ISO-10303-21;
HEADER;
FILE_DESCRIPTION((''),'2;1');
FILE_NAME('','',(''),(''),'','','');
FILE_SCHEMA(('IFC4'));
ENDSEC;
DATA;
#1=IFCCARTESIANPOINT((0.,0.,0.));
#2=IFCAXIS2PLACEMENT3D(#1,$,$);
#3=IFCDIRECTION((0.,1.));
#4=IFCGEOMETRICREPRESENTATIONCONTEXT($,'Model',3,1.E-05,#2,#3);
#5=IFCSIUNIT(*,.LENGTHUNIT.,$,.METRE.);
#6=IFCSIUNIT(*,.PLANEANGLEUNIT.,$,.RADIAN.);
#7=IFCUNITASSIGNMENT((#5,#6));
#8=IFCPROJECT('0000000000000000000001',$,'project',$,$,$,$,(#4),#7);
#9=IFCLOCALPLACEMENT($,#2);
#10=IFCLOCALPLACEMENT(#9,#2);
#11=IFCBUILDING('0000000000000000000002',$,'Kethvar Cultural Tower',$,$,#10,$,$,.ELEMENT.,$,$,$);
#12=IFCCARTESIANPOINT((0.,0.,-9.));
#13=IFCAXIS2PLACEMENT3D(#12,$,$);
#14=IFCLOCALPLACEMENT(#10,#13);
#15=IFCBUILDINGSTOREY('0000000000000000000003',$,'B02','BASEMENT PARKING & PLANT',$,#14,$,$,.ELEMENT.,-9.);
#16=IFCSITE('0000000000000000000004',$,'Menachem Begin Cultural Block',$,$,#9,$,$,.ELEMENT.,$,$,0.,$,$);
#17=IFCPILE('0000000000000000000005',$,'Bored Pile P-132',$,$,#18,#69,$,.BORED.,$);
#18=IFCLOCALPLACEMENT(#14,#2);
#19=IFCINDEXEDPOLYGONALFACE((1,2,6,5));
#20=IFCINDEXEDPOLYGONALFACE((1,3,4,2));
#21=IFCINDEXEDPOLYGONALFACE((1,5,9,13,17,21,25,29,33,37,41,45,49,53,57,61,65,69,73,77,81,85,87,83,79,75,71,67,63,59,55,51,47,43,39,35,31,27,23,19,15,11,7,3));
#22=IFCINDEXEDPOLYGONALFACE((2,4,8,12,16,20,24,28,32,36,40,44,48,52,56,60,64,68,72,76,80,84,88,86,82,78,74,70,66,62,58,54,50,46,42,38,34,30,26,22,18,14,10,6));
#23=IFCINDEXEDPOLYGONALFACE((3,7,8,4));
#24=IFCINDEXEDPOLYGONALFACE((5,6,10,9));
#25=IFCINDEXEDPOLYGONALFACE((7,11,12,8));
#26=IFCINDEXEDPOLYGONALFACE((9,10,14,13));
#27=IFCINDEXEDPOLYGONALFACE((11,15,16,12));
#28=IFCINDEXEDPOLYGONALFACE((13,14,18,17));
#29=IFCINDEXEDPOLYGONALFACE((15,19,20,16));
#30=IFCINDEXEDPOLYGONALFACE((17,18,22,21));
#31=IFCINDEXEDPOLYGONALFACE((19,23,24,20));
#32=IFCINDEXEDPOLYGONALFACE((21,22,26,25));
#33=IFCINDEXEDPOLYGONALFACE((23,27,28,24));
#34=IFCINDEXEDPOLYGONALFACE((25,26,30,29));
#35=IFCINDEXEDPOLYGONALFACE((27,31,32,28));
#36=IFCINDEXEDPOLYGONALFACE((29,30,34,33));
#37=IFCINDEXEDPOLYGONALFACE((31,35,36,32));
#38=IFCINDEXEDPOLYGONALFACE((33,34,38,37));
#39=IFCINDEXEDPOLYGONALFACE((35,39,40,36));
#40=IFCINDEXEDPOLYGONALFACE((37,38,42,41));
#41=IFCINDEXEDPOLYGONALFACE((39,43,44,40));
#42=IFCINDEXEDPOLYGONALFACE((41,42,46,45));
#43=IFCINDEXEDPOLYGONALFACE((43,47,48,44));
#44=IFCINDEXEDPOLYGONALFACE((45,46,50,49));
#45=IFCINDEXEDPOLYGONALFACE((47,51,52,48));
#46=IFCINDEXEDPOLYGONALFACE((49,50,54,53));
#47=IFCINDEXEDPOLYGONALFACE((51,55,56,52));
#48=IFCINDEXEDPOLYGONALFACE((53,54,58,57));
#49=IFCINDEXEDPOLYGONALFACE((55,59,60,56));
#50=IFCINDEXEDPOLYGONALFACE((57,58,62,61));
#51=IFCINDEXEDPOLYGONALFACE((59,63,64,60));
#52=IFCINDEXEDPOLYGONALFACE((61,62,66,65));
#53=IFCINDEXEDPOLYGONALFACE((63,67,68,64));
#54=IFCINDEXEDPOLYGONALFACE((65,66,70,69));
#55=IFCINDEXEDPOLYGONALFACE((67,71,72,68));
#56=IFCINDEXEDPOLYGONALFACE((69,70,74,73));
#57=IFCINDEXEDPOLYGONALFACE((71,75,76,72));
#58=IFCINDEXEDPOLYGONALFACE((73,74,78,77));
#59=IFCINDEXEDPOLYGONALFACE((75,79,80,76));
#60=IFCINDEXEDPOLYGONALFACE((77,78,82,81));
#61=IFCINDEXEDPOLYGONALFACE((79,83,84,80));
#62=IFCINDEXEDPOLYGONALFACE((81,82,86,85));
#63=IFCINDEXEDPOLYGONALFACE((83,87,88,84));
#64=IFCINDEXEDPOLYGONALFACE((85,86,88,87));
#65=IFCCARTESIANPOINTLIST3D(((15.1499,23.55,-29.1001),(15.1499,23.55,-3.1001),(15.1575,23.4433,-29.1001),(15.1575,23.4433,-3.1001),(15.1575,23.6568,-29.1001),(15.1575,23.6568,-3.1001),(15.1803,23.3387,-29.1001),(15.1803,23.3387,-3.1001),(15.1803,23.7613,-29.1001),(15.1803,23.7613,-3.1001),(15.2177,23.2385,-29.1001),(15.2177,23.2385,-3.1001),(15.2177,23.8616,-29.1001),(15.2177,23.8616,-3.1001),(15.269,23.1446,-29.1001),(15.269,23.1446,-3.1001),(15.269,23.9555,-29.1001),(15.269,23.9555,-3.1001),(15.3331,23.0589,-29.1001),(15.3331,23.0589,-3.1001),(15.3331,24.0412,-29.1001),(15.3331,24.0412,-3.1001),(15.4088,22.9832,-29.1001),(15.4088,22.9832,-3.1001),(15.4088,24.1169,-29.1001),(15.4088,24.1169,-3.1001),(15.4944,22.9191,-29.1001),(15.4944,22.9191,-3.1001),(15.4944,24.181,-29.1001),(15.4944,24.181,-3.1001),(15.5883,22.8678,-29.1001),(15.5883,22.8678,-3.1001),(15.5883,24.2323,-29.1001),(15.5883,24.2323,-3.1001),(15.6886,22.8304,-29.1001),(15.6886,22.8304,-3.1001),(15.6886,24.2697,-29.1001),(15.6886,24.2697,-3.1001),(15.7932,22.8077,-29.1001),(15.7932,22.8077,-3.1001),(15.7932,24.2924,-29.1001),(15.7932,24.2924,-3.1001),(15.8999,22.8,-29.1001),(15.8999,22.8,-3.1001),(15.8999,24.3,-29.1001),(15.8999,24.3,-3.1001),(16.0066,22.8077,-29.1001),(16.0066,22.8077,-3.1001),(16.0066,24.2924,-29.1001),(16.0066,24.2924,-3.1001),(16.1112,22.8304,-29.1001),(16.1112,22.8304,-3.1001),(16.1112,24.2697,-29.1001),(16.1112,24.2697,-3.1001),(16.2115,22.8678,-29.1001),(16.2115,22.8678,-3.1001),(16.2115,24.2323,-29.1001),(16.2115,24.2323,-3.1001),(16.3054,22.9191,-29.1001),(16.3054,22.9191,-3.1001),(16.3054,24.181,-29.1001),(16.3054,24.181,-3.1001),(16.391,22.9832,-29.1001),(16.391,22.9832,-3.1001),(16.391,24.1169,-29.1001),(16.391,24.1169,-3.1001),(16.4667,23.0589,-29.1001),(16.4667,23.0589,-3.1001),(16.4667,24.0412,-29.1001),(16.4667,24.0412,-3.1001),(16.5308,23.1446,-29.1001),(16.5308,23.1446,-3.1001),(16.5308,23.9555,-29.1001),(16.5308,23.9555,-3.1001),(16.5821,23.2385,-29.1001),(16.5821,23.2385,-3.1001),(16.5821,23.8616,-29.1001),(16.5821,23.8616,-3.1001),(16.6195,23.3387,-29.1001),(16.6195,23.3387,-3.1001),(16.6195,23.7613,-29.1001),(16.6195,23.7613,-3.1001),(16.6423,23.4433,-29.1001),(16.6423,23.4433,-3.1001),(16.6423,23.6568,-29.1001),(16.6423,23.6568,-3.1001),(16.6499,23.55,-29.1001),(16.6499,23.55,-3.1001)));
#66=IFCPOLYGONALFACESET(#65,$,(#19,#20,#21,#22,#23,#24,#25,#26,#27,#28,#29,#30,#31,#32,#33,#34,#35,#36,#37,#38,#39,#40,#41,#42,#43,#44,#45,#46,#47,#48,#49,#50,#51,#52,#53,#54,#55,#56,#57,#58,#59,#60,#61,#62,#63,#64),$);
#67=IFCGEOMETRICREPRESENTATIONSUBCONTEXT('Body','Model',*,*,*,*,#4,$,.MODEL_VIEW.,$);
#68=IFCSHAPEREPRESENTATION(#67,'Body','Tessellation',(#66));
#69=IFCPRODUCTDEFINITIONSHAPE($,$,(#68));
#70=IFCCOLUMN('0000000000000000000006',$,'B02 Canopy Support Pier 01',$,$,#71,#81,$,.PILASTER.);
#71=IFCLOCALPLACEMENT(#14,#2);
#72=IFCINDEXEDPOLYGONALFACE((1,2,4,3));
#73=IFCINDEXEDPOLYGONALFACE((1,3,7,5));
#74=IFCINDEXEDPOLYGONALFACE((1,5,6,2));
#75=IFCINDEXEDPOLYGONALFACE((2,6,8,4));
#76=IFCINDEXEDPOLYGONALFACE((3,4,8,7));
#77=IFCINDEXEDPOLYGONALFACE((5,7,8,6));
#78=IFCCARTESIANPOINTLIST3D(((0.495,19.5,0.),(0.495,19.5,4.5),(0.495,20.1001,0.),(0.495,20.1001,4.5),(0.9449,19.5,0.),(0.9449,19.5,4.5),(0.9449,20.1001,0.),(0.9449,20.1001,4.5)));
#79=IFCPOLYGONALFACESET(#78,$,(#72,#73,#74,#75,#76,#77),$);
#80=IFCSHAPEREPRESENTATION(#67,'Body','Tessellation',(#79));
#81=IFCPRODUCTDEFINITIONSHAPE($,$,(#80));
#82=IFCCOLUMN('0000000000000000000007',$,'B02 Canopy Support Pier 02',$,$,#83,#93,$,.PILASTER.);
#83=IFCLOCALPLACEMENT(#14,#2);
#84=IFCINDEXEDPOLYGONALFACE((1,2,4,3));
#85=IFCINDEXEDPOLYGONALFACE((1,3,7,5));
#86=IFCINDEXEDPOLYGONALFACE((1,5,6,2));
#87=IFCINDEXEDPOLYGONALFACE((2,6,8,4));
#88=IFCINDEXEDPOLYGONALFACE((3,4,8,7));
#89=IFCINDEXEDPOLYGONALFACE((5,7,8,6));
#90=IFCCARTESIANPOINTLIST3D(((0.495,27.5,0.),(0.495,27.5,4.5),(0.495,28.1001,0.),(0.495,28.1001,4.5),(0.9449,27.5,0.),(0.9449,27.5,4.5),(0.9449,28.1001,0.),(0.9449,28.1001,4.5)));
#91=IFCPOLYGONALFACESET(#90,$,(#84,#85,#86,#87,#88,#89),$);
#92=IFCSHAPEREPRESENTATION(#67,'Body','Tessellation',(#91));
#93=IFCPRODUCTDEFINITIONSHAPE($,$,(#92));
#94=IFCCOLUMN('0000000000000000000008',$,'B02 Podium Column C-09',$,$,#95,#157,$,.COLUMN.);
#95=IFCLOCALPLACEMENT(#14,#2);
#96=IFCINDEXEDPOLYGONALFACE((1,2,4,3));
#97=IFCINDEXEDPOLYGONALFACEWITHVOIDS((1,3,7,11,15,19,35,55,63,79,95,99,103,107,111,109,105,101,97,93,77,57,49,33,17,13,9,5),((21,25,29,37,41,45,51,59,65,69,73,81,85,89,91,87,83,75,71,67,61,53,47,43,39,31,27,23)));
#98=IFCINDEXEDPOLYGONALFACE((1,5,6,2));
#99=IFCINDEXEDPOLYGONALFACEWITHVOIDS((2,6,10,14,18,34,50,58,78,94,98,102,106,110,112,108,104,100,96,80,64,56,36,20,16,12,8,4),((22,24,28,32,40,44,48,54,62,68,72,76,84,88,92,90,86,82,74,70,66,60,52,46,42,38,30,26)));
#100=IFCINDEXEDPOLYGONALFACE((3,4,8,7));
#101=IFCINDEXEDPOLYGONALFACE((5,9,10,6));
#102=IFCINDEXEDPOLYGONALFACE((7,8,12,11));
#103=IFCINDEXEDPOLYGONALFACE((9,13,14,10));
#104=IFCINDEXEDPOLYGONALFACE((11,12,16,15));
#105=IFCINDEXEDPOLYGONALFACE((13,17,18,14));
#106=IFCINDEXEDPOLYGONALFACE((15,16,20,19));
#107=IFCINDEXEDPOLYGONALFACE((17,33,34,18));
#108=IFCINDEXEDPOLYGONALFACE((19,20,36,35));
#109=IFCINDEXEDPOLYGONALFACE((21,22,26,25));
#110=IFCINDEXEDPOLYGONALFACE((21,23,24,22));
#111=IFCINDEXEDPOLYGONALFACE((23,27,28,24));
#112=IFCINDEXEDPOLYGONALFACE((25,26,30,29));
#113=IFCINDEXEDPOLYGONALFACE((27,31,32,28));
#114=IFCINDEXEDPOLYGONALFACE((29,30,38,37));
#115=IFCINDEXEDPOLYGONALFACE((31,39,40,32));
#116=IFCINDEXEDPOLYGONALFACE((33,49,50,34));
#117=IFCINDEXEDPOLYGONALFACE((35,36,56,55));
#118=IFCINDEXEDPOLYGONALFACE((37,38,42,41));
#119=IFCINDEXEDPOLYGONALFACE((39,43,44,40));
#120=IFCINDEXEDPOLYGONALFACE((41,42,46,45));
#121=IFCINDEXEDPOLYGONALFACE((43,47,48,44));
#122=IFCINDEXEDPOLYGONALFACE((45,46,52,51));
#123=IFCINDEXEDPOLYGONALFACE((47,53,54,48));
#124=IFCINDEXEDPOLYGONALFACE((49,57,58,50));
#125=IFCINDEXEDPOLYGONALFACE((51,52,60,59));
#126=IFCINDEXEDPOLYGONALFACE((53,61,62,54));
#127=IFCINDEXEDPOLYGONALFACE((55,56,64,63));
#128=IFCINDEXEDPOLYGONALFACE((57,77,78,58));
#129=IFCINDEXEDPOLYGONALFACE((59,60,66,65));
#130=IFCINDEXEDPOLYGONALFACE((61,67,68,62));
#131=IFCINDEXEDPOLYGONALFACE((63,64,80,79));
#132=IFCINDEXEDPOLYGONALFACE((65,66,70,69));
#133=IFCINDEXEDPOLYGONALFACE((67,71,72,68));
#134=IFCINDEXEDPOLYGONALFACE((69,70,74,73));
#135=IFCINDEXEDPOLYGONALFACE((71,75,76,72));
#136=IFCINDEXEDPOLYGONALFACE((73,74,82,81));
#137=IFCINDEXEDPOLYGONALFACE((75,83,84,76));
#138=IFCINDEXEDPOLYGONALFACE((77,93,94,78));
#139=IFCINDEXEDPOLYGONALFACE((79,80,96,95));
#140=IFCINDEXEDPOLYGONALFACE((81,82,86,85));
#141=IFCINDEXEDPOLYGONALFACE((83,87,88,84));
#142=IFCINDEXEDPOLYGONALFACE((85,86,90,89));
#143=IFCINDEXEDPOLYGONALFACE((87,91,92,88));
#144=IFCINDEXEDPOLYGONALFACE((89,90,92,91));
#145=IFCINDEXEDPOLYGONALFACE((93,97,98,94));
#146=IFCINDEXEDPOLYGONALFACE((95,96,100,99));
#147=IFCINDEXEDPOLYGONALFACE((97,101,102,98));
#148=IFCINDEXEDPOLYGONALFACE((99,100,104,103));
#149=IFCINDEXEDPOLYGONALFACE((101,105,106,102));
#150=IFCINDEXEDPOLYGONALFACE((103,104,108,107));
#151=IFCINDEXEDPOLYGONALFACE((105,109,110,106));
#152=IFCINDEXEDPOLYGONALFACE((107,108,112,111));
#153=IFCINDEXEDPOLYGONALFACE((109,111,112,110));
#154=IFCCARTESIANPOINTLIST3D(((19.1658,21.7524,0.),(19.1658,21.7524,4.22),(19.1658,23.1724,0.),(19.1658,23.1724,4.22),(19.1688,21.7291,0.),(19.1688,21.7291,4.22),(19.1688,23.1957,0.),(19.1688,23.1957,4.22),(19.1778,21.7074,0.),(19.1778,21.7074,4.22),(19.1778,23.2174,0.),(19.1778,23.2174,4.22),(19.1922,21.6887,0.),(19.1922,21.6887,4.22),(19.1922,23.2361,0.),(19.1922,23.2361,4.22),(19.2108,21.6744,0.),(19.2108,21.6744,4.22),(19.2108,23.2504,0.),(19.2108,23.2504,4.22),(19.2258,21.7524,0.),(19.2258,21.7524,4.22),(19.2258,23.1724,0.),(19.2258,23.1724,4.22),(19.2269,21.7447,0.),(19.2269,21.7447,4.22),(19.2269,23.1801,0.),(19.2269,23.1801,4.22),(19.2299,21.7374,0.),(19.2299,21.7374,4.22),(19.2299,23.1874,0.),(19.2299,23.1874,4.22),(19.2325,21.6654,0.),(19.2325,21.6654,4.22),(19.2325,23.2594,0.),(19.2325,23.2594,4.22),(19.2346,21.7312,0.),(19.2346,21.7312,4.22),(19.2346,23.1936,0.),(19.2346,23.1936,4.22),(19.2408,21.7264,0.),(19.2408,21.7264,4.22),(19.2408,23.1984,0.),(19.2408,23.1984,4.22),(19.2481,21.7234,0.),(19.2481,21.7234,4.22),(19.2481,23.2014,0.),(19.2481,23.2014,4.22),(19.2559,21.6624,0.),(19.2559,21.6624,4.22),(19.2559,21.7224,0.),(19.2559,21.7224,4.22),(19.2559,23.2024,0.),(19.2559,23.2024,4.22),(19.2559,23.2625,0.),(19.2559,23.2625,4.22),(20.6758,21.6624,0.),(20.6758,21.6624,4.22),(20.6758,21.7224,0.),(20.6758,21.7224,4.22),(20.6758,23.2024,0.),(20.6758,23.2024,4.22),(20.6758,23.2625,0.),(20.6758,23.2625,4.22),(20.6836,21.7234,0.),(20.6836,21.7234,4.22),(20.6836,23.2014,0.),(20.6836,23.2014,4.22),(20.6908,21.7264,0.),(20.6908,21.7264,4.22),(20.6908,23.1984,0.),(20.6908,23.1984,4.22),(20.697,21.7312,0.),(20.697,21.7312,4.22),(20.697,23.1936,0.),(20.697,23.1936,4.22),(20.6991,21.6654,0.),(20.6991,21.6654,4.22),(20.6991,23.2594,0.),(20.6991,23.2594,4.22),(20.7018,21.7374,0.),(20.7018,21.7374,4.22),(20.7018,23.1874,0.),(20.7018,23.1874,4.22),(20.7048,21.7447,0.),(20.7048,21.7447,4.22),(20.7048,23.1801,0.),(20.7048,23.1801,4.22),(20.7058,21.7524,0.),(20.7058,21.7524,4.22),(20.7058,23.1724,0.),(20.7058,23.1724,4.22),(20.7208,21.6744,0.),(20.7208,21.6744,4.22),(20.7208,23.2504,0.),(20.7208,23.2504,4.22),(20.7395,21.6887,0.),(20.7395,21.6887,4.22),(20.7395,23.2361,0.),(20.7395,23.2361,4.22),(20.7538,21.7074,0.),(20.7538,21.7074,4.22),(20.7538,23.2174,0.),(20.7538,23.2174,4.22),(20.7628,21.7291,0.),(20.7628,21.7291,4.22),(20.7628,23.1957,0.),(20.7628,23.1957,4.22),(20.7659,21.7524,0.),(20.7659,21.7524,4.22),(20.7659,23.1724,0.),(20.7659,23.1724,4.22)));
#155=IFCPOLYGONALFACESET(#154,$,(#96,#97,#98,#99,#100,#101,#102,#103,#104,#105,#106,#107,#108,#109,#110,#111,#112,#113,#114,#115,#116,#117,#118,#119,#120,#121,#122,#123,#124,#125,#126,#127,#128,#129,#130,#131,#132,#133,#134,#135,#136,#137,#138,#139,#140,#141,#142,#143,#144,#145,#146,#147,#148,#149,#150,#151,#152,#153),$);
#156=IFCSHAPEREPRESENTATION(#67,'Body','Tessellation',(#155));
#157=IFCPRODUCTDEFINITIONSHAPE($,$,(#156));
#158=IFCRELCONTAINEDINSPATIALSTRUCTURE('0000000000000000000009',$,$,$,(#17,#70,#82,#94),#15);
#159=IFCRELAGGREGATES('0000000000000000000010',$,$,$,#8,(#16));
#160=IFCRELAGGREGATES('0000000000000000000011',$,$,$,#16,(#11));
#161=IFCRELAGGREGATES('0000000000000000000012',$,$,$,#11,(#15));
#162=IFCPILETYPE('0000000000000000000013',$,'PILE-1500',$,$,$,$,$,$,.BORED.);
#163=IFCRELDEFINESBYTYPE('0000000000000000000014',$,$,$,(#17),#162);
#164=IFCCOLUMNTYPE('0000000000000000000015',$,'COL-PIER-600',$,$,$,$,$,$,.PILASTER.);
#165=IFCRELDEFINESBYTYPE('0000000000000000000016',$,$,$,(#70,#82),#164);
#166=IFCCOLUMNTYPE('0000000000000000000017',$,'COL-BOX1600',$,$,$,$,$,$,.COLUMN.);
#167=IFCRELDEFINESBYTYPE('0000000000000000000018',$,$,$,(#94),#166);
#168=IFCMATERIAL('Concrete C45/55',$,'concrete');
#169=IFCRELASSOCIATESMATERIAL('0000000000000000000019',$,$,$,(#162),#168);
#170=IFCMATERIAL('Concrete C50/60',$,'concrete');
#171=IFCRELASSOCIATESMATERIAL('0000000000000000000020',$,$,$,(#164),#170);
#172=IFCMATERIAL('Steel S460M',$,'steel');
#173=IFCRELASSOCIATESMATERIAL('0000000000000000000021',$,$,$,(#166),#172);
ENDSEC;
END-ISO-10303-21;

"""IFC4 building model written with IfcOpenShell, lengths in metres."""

from ifc_helpers import new_model, si_unit, direction, frame, origin, origin_2d, place, context, subcontext, project, spatial, rectangle, hollow_rectangle, circle, extrude, source, transform, mapped, material, material_profile, profile_set, type_object, element, save


model = new_model("IFC4")

# Units and contexts
model_context = context("Model", 3, precision=1e-05, world=origin(), true_north=direction((0.0, 1.0)))
body_context = subcontext(model_context, "Body", "Model", "MODEL_VIEW")
ifc_project = project(units=[si_unit("LENGTHUNIT", "METRE"), si_unit("PLANEANGLEUNIT", "RADIAN")], contexts=[model_context])

# Site, building, storey
site_placement = place(None, origin())
site = spatial("IfcSite", under=ifc_project, at=site_placement, Name="Menachem Begin Cultural Block", CompositionType="ELEMENT", RefElevation=0.0)
building_placement = place(site_placement, origin())
building = spatial("IfcBuilding", under=site, at=building_placement, Name="Kethvar Cultural Tower", CompositionType="ELEMENT")
storey_placement = place(building_placement, frame((0.0, 0.0, -9.0)))
storey = spatial("IfcBuildingStorey", under=building, at=storey_placement, Name="B02", Description="BASEMENT PARKING & PLANT", CompositionType="ELEMENT", Elevation=-9.0)

# Pile
ifc_material_1 = material(Name="Concrete C45/55", Category="concrete")
ifc_material_profile_1 = material_profile(ifc_material_1, circle(Radius=0.75, at=origin_2d()), Name="Concrete C45/55 — PILE1500")
ifc_profile_set_1 = profile_set([ifc_material_profile_1], Name="Concrete C45/55 — PILE1500")
pile_type = type_object("IfcPileType", Name="PILE-1500", PredefinedType="BORED", material=ifc_profile_set_1)
shared_shape_1 = source(origin(), body_context, "Body", "SweptSolid", [
    extrude(circle(Radius=0.75, at=origin_2d()), origin(), (0.0, 0.0, 1.0), 26.0),
])
for number, where, z_axis, x_axis, name in (
    (1, (15.8999, 23.55, -3.1001), (0.0, 0.0, -1.0), (1.0, 0.0, 0.0), "Bored Pile P-132"),
):
    element("IfcPile", number, at=place(storey_placement, frame(where, z_axis=z_axis, x_axis=x_axis)), inside=storey, type_object=pile_type, Name=name, PredefinedType="BORED", context=body_context, shape_type="MappedRepresentation", body=[
        mapped(shared_shape_1, transform((0.0, 0.0, 0.0), scale=1.0)),
    ])

# Columns
ifc_material_2 = material(Name="Concrete C50/60", Category="concrete")
ifc_material_profile_2 = material_profile(ifc_material_2, rectangle(XDim=0.45, YDim=0.6001, at=origin_2d()), Name="Concrete C50/60 — RC600x450")
ifc_profile_set_2 = profile_set([ifc_material_profile_2], Name="Concrete C50/60 — RC600x450")
column_type_1 = type_object("IfcColumnType", Name="COL-PIER-600", PredefinedType="PILASTER", material=ifc_profile_set_2)
shared_shape_2 = source(origin(), body_context, "Body", "SweptSolid", [
    extrude(rectangle(XDim=0.45, YDim=0.6001, at=origin_2d()), origin(), (0.0, 0.0, 1.0), 4.5),
])
for number, where, z_axis, x_axis, name in (
    (2, (0.72, 19.8, 0.0), (0.0, 0.0, 1.0), (1.0, 0.0, 0.0), "B02 Canopy Support Pier 01"),
    (3, (0.72, 27.8, 0.0), (0.0, 0.0, 1.0), (1.0, 0.0, 0.0), "B02 Canopy Support Pier 02"),
):
    element("IfcColumn", number, at=place(storey_placement, frame(where, z_axis=z_axis, x_axis=x_axis)), inside=storey, type_object=column_type_1, Name=name, PredefinedType="PILASTER", context=body_context, shape_type="MappedRepresentation", body=[
        mapped(shared_shape_2, transform((0.0, 0.0, 0.0), scale=1.0)),
    ])
ifc_material_3 = material(Name="Steel S460M", Category="steel")
ifc_material_profile_3 = material_profile(ifc_material_3, hollow_rectangle(XDim=1.6001, YDim=1.6001, WallThickness=0.0601, InnerFilletRadius=0.03, OuterFilletRadius=0.0901, at=origin_2d()), Name="Steel S460M — BOX1600x1600x60")
ifc_profile_set_3 = profile_set([ifc_material_profile_3], Name="Steel S460M — BOX1600x1600x60")
column_type_2 = type_object("IfcColumnType", Name="COL-BOX1600", PredefinedType="COLUMN", material=ifc_profile_set_3)
shared_shape_3 = source(origin(), body_context, "Body", "SweptSolid", [
    extrude(hollow_rectangle(XDim=1.6001, YDim=1.6001, WallThickness=0.0601, InnerFilletRadius=0.03, OuterFilletRadius=0.0901, at=origin_2d()), origin(), (0.0, 0.0, 1.0), 4.22),
])
for number, where, z_axis, x_axis, name in (
    (4, (19.9658, 22.4624, 0.0), (0.0, 0.0, 1.0), (1.0, 0.0, 0.0), "B02 Podium Column C-09"),
):
    element("IfcColumn", number, at=place(storey_placement, frame(where, z_axis=z_axis, x_axis=x_axis)), inside=storey, type_object=column_type_2, Name=name, PredefinedType="COLUMN", context=body_context, shape_type="MappedRepresentation", body=[
        mapped(shared_shape_3, transform((0.0, 0.0, 0.0), scale=1.0)),
    ])

save(model, "model.ifc")
